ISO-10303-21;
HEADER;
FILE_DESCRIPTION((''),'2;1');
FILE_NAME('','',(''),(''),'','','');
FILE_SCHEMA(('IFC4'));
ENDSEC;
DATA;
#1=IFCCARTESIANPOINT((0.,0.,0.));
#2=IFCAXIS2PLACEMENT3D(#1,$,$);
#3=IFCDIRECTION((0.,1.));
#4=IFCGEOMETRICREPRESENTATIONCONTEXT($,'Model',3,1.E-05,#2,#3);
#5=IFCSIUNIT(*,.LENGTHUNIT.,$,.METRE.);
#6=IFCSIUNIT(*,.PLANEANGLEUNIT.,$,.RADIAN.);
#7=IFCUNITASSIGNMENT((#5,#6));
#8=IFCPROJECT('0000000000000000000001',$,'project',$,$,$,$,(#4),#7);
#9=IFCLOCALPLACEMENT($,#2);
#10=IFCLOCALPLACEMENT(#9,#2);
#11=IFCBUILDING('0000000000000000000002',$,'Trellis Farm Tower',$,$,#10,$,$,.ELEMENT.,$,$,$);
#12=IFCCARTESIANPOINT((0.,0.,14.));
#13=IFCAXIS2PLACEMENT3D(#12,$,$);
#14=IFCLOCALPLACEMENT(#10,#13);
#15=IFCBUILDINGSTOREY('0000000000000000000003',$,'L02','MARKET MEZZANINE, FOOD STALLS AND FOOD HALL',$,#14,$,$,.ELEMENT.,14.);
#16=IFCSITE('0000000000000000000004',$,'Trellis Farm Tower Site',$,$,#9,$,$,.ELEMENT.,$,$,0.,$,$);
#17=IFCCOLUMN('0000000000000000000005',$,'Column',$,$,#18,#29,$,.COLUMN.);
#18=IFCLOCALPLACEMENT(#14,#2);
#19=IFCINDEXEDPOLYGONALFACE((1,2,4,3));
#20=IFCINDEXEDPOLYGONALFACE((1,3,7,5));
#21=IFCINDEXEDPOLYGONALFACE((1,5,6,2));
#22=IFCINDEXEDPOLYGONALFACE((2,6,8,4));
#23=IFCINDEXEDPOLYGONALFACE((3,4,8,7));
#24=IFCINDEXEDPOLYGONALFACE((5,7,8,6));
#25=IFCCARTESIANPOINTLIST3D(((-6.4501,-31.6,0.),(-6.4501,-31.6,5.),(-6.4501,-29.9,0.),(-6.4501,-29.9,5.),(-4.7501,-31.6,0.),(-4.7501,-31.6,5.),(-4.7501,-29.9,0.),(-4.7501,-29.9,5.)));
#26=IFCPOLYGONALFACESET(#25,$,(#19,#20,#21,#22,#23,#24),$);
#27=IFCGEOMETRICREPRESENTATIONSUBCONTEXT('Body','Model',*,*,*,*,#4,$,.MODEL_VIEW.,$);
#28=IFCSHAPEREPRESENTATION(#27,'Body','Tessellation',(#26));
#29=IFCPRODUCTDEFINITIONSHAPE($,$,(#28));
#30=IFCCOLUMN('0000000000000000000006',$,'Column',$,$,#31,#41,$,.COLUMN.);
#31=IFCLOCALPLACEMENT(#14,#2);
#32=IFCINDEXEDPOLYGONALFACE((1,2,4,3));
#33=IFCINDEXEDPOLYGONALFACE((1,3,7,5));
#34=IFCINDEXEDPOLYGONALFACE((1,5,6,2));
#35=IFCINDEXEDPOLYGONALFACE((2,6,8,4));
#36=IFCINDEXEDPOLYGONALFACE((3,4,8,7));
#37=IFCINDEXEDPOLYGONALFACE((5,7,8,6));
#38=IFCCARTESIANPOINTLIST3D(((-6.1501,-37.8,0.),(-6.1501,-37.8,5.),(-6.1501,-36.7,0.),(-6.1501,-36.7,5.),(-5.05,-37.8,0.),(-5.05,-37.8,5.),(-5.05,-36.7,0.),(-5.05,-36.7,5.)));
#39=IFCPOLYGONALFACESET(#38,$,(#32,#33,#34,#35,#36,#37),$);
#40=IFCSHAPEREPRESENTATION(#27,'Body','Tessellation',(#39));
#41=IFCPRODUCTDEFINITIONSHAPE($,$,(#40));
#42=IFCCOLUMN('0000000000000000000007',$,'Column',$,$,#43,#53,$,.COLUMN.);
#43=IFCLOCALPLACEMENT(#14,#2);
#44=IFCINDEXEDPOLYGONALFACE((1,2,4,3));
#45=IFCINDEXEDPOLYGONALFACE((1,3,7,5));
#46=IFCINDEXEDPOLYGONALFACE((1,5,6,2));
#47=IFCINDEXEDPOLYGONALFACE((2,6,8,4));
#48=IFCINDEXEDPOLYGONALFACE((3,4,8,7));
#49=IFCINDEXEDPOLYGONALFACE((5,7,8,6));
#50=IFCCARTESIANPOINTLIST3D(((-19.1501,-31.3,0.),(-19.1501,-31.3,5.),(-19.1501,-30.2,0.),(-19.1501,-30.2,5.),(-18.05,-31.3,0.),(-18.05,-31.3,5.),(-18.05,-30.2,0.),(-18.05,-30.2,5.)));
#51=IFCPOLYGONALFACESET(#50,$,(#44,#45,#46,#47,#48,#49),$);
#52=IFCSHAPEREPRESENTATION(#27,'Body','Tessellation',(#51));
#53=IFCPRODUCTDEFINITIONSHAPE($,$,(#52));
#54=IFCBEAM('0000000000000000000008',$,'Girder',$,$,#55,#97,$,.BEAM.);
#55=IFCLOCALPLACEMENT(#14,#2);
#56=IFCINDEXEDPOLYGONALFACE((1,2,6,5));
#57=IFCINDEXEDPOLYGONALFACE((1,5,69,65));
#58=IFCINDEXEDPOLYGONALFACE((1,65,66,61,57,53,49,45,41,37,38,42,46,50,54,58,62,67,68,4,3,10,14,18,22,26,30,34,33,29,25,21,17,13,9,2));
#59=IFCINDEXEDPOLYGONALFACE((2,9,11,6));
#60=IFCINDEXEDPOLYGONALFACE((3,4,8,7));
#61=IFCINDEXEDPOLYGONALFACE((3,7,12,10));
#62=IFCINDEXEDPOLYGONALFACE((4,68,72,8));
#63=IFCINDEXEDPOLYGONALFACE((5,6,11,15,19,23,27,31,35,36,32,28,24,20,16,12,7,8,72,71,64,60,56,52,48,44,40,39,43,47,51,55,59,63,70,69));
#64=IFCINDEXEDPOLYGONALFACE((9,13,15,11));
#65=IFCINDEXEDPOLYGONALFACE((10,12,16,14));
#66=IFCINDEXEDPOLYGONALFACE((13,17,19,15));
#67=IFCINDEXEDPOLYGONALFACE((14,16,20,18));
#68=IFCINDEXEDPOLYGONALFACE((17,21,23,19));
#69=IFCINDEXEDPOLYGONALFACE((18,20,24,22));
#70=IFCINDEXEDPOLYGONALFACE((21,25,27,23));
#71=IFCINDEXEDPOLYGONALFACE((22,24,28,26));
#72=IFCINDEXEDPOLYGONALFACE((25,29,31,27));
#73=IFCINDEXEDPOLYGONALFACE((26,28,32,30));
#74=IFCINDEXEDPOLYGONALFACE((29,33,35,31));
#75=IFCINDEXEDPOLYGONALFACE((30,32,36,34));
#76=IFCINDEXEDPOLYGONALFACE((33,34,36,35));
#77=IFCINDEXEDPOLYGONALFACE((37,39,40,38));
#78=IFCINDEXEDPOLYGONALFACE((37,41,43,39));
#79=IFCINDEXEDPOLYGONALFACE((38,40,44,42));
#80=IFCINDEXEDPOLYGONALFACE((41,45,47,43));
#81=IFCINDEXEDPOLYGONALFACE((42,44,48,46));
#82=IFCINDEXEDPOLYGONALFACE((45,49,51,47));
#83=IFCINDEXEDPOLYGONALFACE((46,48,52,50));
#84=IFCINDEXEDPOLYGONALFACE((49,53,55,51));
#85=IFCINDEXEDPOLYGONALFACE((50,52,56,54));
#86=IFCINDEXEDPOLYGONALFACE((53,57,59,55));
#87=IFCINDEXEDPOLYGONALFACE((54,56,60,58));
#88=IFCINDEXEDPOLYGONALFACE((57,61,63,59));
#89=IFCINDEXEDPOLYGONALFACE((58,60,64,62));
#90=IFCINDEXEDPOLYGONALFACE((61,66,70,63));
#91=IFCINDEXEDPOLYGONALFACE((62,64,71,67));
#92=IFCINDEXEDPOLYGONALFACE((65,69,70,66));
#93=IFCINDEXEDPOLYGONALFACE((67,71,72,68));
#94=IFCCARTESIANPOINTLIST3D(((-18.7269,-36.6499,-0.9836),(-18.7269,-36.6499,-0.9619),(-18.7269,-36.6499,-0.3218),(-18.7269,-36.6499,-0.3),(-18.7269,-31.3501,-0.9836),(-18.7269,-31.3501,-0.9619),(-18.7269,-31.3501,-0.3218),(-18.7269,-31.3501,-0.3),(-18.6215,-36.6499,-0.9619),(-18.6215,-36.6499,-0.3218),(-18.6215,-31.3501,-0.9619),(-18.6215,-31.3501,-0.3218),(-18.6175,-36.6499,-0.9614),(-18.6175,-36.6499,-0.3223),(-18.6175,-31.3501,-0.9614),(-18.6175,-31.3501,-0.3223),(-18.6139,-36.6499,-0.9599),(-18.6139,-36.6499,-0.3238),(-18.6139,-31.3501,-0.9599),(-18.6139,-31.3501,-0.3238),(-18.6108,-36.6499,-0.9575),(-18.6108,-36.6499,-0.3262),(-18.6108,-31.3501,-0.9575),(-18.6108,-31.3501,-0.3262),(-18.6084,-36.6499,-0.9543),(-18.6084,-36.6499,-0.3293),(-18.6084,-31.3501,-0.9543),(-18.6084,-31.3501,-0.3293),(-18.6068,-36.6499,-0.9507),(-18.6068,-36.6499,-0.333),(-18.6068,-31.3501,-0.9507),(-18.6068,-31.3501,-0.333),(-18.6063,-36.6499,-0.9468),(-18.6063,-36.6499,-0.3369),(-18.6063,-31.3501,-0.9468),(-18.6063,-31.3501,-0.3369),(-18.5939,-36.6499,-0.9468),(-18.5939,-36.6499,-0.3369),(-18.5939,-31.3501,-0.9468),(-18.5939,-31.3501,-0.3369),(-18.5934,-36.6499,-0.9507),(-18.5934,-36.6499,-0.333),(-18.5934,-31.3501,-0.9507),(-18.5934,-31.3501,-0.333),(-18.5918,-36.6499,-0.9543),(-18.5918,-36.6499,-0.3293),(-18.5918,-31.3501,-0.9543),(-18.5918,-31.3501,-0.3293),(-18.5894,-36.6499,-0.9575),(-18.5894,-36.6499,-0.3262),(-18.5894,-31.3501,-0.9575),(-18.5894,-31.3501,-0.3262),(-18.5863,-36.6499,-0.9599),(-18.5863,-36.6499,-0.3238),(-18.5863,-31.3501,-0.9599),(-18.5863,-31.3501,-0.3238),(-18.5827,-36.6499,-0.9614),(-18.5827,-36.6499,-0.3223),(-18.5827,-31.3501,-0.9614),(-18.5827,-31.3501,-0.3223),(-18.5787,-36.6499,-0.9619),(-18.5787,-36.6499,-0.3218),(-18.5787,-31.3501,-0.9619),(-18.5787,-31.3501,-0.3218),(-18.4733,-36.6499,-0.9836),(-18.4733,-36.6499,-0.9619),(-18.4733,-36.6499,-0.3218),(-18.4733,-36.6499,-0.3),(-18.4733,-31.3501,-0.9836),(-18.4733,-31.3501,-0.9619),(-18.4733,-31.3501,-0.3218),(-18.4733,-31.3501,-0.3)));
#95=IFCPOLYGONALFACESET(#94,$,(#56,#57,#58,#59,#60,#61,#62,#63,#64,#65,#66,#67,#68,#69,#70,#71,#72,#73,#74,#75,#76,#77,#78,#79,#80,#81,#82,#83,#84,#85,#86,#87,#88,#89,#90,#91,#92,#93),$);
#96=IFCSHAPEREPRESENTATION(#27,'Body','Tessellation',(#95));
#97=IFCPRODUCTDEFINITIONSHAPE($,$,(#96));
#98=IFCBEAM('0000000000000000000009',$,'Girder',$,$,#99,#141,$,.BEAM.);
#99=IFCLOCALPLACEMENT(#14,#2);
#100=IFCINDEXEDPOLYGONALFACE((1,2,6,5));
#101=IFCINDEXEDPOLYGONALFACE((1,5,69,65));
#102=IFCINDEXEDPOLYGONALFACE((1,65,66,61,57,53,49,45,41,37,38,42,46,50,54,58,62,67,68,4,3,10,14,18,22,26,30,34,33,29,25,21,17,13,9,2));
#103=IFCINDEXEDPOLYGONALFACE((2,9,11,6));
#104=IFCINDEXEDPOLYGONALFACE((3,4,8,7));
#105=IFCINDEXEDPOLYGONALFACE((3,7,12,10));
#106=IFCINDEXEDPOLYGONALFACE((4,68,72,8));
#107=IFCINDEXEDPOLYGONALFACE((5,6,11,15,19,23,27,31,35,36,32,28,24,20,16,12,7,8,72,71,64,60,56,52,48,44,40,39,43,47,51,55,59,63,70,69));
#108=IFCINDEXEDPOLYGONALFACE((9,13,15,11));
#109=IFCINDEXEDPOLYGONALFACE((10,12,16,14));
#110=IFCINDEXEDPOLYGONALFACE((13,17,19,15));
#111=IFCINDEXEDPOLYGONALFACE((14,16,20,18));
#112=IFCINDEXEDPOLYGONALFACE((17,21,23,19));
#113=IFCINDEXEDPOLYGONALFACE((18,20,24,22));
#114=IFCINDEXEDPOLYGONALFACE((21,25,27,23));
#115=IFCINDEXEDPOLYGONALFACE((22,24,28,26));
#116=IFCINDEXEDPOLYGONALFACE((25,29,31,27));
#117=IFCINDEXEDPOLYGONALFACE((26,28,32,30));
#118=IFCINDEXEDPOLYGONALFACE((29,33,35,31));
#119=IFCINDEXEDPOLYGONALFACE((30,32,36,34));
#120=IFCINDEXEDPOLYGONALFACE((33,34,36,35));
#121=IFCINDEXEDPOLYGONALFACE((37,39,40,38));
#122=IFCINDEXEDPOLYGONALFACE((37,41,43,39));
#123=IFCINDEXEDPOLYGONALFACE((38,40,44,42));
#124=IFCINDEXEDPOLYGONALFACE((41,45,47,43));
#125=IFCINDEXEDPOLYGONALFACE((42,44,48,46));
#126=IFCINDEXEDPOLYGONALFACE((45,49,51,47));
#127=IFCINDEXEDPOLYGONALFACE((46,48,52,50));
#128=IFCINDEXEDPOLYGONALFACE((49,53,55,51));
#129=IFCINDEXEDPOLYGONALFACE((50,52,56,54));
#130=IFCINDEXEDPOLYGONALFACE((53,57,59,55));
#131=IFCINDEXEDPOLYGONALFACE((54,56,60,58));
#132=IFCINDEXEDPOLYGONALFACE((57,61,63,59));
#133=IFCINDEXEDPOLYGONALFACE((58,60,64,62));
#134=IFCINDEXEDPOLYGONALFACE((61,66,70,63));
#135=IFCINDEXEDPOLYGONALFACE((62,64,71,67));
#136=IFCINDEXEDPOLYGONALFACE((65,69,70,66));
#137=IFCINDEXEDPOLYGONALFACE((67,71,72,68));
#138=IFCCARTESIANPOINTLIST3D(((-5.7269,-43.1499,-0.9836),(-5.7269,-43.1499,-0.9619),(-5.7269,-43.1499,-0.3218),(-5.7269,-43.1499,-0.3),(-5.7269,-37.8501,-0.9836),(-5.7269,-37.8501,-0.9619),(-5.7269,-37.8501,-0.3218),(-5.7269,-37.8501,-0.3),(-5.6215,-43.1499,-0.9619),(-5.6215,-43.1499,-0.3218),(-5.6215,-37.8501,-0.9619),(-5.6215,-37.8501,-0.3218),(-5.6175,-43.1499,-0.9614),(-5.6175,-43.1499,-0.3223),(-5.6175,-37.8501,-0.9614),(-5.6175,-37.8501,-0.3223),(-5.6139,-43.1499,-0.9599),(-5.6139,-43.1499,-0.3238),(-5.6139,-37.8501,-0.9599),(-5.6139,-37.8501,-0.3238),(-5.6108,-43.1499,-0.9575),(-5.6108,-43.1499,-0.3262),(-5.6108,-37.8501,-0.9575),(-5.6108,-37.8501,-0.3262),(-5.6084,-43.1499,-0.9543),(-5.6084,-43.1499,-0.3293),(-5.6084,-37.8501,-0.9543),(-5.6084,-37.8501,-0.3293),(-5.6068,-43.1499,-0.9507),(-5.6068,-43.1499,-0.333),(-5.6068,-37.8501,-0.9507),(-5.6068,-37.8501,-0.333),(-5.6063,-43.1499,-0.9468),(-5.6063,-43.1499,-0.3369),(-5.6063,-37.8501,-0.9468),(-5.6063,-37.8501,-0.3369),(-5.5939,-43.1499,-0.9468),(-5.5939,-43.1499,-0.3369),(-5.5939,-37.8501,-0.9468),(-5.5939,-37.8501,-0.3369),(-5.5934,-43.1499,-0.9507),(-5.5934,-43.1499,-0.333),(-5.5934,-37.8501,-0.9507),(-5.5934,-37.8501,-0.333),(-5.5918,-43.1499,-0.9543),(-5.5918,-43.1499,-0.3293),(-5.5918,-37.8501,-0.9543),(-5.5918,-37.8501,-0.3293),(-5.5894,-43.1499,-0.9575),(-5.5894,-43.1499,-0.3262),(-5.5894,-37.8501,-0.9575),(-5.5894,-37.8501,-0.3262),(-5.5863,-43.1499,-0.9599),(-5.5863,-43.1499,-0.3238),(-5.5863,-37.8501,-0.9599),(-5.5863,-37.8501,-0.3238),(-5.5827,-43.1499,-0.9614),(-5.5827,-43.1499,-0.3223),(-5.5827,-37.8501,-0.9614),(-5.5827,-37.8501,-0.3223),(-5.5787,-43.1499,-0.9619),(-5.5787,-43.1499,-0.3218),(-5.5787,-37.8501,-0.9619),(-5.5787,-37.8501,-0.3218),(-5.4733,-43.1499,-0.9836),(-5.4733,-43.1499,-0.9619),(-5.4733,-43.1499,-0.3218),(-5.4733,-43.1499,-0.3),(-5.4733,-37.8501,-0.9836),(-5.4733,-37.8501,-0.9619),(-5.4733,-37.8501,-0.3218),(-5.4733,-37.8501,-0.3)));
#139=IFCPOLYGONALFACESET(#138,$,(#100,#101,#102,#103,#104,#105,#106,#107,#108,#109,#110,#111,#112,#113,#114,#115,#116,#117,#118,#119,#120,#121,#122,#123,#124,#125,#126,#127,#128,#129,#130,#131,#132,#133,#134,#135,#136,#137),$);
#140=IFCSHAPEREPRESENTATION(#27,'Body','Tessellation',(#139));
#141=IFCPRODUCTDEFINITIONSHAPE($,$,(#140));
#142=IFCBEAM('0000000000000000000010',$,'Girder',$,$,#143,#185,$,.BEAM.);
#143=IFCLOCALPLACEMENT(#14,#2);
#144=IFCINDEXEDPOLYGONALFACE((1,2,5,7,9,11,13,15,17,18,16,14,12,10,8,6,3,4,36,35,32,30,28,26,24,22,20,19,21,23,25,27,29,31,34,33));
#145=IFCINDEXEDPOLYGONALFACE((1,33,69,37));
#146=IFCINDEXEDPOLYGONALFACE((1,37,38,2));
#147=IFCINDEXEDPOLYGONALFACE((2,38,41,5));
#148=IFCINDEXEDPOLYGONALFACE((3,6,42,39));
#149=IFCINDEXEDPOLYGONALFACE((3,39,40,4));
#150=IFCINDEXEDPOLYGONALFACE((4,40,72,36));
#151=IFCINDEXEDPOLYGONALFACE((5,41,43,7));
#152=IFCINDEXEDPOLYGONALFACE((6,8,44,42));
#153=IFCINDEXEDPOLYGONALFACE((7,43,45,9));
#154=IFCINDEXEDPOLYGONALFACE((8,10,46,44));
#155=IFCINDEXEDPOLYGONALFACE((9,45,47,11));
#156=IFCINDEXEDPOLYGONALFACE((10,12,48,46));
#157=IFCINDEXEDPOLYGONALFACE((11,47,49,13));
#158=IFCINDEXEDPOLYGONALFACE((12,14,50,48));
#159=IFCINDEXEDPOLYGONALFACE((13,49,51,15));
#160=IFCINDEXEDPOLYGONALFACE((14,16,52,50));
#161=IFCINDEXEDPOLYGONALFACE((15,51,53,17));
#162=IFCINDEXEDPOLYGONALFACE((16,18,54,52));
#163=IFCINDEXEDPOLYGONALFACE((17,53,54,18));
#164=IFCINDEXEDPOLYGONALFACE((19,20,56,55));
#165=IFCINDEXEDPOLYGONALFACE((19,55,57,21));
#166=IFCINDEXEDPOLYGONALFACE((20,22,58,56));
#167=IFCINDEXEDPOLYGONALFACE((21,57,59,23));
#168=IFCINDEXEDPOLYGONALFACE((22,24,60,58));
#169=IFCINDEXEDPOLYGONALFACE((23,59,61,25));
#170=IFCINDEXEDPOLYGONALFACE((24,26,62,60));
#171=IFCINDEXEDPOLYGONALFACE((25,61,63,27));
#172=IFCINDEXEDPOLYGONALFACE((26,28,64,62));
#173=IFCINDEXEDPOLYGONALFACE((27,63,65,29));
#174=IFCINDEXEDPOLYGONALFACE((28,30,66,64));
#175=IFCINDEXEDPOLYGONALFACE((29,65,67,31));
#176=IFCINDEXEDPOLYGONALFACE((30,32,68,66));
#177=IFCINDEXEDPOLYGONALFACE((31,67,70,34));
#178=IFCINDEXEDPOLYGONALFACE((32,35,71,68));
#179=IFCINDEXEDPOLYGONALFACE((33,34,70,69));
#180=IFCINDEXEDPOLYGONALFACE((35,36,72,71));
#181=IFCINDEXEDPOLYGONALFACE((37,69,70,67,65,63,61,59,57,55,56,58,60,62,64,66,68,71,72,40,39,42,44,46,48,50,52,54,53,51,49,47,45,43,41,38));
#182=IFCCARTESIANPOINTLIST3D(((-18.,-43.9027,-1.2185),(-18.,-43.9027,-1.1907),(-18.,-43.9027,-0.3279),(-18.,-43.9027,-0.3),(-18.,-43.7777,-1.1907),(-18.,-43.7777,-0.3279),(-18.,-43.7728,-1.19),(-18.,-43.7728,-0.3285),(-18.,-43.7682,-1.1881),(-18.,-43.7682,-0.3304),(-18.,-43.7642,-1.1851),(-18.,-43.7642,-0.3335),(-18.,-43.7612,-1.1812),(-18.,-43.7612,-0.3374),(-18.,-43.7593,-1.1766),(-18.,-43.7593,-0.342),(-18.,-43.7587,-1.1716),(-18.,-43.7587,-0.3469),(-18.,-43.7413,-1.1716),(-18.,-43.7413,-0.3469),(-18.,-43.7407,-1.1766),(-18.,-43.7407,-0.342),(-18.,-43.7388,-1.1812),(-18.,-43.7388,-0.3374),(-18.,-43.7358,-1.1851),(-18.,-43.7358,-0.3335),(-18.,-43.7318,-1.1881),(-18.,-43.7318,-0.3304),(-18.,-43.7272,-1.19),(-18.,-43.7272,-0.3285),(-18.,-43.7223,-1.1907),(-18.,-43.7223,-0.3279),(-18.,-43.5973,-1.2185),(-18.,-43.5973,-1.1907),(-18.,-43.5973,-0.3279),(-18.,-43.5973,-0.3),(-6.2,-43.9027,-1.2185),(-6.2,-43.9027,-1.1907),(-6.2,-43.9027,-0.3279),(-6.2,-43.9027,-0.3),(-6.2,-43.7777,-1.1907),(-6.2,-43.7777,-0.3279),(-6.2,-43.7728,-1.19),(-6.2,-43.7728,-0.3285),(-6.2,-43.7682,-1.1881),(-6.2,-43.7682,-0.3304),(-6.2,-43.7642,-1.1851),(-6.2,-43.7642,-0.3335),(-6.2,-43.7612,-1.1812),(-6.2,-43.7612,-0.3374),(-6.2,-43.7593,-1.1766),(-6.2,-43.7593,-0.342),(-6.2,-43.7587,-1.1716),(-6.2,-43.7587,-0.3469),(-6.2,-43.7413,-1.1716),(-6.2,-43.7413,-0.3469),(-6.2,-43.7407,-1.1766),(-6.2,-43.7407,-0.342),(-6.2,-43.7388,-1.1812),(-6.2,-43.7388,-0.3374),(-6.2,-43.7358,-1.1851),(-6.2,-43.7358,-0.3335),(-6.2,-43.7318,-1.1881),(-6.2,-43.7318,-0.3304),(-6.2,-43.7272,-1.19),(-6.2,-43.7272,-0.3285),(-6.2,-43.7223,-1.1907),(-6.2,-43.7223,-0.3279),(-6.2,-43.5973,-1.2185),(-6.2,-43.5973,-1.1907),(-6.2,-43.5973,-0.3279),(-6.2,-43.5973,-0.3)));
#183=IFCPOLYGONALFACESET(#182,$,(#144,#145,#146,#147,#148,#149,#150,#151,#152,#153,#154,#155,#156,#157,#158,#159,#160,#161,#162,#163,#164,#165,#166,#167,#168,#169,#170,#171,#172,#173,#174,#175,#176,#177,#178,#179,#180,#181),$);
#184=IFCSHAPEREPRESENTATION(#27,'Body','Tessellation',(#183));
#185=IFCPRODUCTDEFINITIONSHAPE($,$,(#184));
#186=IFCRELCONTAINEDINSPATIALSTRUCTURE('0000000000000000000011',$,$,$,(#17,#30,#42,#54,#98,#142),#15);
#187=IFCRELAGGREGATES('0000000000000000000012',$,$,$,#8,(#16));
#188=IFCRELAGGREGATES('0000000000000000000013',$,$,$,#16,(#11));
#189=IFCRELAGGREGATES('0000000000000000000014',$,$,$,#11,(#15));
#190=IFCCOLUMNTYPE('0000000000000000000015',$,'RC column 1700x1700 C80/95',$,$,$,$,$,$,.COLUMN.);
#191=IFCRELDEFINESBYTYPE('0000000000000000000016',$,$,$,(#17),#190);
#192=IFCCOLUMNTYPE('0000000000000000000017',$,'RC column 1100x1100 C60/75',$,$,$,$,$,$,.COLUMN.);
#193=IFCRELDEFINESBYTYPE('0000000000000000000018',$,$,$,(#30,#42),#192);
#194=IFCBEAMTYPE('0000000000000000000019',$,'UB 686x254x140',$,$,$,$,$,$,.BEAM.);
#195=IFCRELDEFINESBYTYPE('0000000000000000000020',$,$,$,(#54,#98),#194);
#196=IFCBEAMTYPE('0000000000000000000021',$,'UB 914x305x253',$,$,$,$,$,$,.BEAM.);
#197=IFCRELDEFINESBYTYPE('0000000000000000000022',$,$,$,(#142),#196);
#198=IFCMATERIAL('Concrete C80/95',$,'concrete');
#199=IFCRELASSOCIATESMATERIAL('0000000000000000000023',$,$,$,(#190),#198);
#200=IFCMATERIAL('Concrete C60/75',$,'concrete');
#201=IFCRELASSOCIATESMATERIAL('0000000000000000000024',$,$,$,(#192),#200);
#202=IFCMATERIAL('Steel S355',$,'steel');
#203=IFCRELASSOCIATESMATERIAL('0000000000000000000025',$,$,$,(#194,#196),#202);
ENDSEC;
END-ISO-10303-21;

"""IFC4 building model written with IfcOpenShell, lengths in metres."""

from ifc_helpers import new_model, si_unit, direction, frame, origin, origin_2d, place, context, subcontext, project, spatial, rectangle, i_section, extrude, source, transform, mapped, material, material_profile, profile_set, type_object, element, save


model = new_model("IFC4")

# Units and contexts
model_context = context("Model", 3, precision=1e-05, world=origin(), true_north=direction((0.0, 1.0)))
body_context = subcontext(model_context, "Body", "Model", "MODEL_VIEW")
ifc_project = project(units=[si_unit("LENGTHUNIT", "METRE"), si_unit("PLANEANGLEUNIT", "RADIAN")], contexts=[model_context])

# Site, building, storey
site_placement = place(None, origin())
site = spatial("IfcSite", under=ifc_project, at=site_placement, Name="Trellis Farm Tower Site", CompositionType="ELEMENT", RefElevation=0.0)
building_placement = place(site_placement, origin())
building = spatial("IfcBuilding", under=site, at=building_placement, Name="Trellis Farm Tower", CompositionType="ELEMENT")
storey_placement = place(building_placement, frame((0.0, 0.0, 14.0)))
storey = spatial("IfcBuildingStorey", under=building, at=storey_placement, Name="L02", Description="MARKET MEZZANINE, FOOD STALLS AND FOOD HALL", CompositionType="ELEMENT", Elevation=14.0)

# Columns
ifc_material_1 = material(Name="Concrete C80/95", Category="concrete")
ifc_material_profile_1 = material_profile(ifc_material_1, rectangle(XDim=1.7, YDim=1.7, at=origin_2d()), Name="RC column 1700x1700 C80/95")
ifc_profile_set_1 = profile_set([ifc_material_profile_1], Name="Concrete C80/95")
column_type_1 = type_object("IfcColumnType", Name="RC column 1700x1700 C80/95", PredefinedType="COLUMN", material=ifc_profile_set_1)
shared_shape_1 = source(origin(), body_context, "Body", "SweptSolid", [
    extrude(rectangle(XDim=1.7, YDim=1.7, at=origin_2d()), origin(), (0.0, 0.0, 1.0), 5.0),
])
column_placement = place(storey_placement, frame((-5.6001, -30.75, 0.0), z_axis=(0.0, 0.0, 1.0), x_axis=(1.0, 0.0, 0.0)))
element("IfcColumn", 1, at=column_placement, inside=storey, type_object=column_type_1, Name="Column", PredefinedType="COLUMN", context=body_context, shape_type="MappedRepresentation", body=[
    mapped(shared_shape_1, transform((0.0, 0.0, 0.0))),
])
ifc_material_2 = material(Name="Concrete C60/75", Category="concrete")
ifc_material_profile_2 = material_profile(ifc_material_2, rectangle(XDim=1.1001, YDim=1.1001, at=origin_2d()), Name="RC column 1100x1100 C60/75")
ifc_profile_set_2 = profile_set([ifc_material_profile_2], Name="Concrete C60/75")
column_type_2 = type_object("IfcColumnType", Name="RC column 1100x1100 C60/75", PredefinedType="COLUMN", material=ifc_profile_set_2)
shared_shape_2 = source(origin(), body_context, "Body", "SweptSolid", [
    extrude(rectangle(XDim=1.1001, YDim=1.1001, at=origin_2d()), origin(), (0.0, 0.0, 1.0), 5.0),
])
for number, where, z_axis, x_axis, name in (
    (2, (-5.6001, -37.25, 0.0), (0.0, 0.0, 1.0), (1.0, 0.0, 0.0), "Column"),
    (3, (-18.6001, -30.75, 0.0), (0.0, 0.0, 1.0), (1.0, 0.0, 0.0), "Column"),
):
    element("IfcColumn", number, at=place(storey_placement, frame(where, z_axis=z_axis, x_axis=x_axis)), inside=storey, type_object=column_type_2, Name=name, PredefinedType="COLUMN", context=body_context, shape_type="MappedRepresentation", body=[
        mapped(shared_shape_2, transform((0.0, 0.0, 0.0))),
    ])

# Beams
ifc_material_3 = material(Name="Steel S355", Category="steel")
ifc_material_profile_3 = material_profile(ifc_material_3, i_section(OverallWidth=0.2537, OverallDepth=0.6836, WebThickness=0.0125, FlangeThickness=0.0217, FilletRadius=0.0151, at=origin_2d()), Name="UB 686x254x140")
ifc_profile_set_3 = profile_set([ifc_material_profile_3], Name="Steel S355")
beam_type_1 = type_object("IfcBeamType", Name="UB 686x254x140", PredefinedType="BEAM", material=ifc_profile_set_3)
shared_shape_3 = source(origin(), body_context, "Body", "SweptSolid", [
    extrude(i_section(OverallWidth=0.2537, OverallDepth=0.6836, WebThickness=0.0125, FlangeThickness=0.0217, FilletRadius=0.0151, at=origin_2d()), origin(), (0.0, 0.0, 1.0), 5.2998),
])
for number, where, z_axis, x_axis, name in (
    (4, (-18.6001, -36.6499, -0.6418), (0.0, 1.0, 0.0), (-1.0, 0.0, 0.0), "Girder"),
    (5, (-5.6001, -43.1499, -0.6418), (0.0, 1.0, 0.0), (-1.0, 0.0, 0.0), "Girder"),
):
    element("IfcBeam", number, at=place(storey_placement, frame(where, z_axis=z_axis, x_axis=x_axis)), inside=storey, type_object=beam_type_1, Name=name, PredefinedType="BEAM", context=body_context, shape_type="MappedRepresentation", body=[
        mapped(shared_shape_3, transform((0.0, 0.0, 0.0))),
    ])
ifc_material_profile_4 = material_profile(ifc_material_3, i_section(OverallWidth=0.3054, OverallDepth=0.9185, WebThickness=0.0173, FlangeThickness=0.0278, FilletRadius=0.019, at=origin_2d()), Name="UB 914x305x253")
ifc_profile_set_4 = profile_set([ifc_material_profile_4], Name="Steel S355")
beam_type_2 = type_object("IfcBeamType", Name="UB 914x305x253", PredefinedType="BEAM", material=ifc_profile_set_4)
shared_shape_4 = source(origin(), body_context, "Body", "SweptSolid", [
    extrude(i_section(OverallWidth=0.3054, OverallDepth=0.9185, WebThickness=0.0173, FlangeThickness=0.0278, FilletRadius=0.019, at=origin_2d()), origin(), (0.0, 0.0, 1.0), 11.8),
])
for number, where, z_axis, x_axis, name in (
    (6, (-18.0, -43.75, -0.7593), (1.0, 0.0, 0.0), (0.0, 1.0, 0.0), "Girder"),
):
    element("IfcBeam", number, at=place(storey_placement, frame(where, z_axis=z_axis, x_axis=x_axis)), inside=storey, type_object=beam_type_2, Name=name, PredefinedType="BEAM", context=body_context, shape_type="MappedRepresentation", body=[
        mapped(shared_shape_4, transform((0.0, 0.0, 0.0))),
    ])

save(model, "model.ifc")
